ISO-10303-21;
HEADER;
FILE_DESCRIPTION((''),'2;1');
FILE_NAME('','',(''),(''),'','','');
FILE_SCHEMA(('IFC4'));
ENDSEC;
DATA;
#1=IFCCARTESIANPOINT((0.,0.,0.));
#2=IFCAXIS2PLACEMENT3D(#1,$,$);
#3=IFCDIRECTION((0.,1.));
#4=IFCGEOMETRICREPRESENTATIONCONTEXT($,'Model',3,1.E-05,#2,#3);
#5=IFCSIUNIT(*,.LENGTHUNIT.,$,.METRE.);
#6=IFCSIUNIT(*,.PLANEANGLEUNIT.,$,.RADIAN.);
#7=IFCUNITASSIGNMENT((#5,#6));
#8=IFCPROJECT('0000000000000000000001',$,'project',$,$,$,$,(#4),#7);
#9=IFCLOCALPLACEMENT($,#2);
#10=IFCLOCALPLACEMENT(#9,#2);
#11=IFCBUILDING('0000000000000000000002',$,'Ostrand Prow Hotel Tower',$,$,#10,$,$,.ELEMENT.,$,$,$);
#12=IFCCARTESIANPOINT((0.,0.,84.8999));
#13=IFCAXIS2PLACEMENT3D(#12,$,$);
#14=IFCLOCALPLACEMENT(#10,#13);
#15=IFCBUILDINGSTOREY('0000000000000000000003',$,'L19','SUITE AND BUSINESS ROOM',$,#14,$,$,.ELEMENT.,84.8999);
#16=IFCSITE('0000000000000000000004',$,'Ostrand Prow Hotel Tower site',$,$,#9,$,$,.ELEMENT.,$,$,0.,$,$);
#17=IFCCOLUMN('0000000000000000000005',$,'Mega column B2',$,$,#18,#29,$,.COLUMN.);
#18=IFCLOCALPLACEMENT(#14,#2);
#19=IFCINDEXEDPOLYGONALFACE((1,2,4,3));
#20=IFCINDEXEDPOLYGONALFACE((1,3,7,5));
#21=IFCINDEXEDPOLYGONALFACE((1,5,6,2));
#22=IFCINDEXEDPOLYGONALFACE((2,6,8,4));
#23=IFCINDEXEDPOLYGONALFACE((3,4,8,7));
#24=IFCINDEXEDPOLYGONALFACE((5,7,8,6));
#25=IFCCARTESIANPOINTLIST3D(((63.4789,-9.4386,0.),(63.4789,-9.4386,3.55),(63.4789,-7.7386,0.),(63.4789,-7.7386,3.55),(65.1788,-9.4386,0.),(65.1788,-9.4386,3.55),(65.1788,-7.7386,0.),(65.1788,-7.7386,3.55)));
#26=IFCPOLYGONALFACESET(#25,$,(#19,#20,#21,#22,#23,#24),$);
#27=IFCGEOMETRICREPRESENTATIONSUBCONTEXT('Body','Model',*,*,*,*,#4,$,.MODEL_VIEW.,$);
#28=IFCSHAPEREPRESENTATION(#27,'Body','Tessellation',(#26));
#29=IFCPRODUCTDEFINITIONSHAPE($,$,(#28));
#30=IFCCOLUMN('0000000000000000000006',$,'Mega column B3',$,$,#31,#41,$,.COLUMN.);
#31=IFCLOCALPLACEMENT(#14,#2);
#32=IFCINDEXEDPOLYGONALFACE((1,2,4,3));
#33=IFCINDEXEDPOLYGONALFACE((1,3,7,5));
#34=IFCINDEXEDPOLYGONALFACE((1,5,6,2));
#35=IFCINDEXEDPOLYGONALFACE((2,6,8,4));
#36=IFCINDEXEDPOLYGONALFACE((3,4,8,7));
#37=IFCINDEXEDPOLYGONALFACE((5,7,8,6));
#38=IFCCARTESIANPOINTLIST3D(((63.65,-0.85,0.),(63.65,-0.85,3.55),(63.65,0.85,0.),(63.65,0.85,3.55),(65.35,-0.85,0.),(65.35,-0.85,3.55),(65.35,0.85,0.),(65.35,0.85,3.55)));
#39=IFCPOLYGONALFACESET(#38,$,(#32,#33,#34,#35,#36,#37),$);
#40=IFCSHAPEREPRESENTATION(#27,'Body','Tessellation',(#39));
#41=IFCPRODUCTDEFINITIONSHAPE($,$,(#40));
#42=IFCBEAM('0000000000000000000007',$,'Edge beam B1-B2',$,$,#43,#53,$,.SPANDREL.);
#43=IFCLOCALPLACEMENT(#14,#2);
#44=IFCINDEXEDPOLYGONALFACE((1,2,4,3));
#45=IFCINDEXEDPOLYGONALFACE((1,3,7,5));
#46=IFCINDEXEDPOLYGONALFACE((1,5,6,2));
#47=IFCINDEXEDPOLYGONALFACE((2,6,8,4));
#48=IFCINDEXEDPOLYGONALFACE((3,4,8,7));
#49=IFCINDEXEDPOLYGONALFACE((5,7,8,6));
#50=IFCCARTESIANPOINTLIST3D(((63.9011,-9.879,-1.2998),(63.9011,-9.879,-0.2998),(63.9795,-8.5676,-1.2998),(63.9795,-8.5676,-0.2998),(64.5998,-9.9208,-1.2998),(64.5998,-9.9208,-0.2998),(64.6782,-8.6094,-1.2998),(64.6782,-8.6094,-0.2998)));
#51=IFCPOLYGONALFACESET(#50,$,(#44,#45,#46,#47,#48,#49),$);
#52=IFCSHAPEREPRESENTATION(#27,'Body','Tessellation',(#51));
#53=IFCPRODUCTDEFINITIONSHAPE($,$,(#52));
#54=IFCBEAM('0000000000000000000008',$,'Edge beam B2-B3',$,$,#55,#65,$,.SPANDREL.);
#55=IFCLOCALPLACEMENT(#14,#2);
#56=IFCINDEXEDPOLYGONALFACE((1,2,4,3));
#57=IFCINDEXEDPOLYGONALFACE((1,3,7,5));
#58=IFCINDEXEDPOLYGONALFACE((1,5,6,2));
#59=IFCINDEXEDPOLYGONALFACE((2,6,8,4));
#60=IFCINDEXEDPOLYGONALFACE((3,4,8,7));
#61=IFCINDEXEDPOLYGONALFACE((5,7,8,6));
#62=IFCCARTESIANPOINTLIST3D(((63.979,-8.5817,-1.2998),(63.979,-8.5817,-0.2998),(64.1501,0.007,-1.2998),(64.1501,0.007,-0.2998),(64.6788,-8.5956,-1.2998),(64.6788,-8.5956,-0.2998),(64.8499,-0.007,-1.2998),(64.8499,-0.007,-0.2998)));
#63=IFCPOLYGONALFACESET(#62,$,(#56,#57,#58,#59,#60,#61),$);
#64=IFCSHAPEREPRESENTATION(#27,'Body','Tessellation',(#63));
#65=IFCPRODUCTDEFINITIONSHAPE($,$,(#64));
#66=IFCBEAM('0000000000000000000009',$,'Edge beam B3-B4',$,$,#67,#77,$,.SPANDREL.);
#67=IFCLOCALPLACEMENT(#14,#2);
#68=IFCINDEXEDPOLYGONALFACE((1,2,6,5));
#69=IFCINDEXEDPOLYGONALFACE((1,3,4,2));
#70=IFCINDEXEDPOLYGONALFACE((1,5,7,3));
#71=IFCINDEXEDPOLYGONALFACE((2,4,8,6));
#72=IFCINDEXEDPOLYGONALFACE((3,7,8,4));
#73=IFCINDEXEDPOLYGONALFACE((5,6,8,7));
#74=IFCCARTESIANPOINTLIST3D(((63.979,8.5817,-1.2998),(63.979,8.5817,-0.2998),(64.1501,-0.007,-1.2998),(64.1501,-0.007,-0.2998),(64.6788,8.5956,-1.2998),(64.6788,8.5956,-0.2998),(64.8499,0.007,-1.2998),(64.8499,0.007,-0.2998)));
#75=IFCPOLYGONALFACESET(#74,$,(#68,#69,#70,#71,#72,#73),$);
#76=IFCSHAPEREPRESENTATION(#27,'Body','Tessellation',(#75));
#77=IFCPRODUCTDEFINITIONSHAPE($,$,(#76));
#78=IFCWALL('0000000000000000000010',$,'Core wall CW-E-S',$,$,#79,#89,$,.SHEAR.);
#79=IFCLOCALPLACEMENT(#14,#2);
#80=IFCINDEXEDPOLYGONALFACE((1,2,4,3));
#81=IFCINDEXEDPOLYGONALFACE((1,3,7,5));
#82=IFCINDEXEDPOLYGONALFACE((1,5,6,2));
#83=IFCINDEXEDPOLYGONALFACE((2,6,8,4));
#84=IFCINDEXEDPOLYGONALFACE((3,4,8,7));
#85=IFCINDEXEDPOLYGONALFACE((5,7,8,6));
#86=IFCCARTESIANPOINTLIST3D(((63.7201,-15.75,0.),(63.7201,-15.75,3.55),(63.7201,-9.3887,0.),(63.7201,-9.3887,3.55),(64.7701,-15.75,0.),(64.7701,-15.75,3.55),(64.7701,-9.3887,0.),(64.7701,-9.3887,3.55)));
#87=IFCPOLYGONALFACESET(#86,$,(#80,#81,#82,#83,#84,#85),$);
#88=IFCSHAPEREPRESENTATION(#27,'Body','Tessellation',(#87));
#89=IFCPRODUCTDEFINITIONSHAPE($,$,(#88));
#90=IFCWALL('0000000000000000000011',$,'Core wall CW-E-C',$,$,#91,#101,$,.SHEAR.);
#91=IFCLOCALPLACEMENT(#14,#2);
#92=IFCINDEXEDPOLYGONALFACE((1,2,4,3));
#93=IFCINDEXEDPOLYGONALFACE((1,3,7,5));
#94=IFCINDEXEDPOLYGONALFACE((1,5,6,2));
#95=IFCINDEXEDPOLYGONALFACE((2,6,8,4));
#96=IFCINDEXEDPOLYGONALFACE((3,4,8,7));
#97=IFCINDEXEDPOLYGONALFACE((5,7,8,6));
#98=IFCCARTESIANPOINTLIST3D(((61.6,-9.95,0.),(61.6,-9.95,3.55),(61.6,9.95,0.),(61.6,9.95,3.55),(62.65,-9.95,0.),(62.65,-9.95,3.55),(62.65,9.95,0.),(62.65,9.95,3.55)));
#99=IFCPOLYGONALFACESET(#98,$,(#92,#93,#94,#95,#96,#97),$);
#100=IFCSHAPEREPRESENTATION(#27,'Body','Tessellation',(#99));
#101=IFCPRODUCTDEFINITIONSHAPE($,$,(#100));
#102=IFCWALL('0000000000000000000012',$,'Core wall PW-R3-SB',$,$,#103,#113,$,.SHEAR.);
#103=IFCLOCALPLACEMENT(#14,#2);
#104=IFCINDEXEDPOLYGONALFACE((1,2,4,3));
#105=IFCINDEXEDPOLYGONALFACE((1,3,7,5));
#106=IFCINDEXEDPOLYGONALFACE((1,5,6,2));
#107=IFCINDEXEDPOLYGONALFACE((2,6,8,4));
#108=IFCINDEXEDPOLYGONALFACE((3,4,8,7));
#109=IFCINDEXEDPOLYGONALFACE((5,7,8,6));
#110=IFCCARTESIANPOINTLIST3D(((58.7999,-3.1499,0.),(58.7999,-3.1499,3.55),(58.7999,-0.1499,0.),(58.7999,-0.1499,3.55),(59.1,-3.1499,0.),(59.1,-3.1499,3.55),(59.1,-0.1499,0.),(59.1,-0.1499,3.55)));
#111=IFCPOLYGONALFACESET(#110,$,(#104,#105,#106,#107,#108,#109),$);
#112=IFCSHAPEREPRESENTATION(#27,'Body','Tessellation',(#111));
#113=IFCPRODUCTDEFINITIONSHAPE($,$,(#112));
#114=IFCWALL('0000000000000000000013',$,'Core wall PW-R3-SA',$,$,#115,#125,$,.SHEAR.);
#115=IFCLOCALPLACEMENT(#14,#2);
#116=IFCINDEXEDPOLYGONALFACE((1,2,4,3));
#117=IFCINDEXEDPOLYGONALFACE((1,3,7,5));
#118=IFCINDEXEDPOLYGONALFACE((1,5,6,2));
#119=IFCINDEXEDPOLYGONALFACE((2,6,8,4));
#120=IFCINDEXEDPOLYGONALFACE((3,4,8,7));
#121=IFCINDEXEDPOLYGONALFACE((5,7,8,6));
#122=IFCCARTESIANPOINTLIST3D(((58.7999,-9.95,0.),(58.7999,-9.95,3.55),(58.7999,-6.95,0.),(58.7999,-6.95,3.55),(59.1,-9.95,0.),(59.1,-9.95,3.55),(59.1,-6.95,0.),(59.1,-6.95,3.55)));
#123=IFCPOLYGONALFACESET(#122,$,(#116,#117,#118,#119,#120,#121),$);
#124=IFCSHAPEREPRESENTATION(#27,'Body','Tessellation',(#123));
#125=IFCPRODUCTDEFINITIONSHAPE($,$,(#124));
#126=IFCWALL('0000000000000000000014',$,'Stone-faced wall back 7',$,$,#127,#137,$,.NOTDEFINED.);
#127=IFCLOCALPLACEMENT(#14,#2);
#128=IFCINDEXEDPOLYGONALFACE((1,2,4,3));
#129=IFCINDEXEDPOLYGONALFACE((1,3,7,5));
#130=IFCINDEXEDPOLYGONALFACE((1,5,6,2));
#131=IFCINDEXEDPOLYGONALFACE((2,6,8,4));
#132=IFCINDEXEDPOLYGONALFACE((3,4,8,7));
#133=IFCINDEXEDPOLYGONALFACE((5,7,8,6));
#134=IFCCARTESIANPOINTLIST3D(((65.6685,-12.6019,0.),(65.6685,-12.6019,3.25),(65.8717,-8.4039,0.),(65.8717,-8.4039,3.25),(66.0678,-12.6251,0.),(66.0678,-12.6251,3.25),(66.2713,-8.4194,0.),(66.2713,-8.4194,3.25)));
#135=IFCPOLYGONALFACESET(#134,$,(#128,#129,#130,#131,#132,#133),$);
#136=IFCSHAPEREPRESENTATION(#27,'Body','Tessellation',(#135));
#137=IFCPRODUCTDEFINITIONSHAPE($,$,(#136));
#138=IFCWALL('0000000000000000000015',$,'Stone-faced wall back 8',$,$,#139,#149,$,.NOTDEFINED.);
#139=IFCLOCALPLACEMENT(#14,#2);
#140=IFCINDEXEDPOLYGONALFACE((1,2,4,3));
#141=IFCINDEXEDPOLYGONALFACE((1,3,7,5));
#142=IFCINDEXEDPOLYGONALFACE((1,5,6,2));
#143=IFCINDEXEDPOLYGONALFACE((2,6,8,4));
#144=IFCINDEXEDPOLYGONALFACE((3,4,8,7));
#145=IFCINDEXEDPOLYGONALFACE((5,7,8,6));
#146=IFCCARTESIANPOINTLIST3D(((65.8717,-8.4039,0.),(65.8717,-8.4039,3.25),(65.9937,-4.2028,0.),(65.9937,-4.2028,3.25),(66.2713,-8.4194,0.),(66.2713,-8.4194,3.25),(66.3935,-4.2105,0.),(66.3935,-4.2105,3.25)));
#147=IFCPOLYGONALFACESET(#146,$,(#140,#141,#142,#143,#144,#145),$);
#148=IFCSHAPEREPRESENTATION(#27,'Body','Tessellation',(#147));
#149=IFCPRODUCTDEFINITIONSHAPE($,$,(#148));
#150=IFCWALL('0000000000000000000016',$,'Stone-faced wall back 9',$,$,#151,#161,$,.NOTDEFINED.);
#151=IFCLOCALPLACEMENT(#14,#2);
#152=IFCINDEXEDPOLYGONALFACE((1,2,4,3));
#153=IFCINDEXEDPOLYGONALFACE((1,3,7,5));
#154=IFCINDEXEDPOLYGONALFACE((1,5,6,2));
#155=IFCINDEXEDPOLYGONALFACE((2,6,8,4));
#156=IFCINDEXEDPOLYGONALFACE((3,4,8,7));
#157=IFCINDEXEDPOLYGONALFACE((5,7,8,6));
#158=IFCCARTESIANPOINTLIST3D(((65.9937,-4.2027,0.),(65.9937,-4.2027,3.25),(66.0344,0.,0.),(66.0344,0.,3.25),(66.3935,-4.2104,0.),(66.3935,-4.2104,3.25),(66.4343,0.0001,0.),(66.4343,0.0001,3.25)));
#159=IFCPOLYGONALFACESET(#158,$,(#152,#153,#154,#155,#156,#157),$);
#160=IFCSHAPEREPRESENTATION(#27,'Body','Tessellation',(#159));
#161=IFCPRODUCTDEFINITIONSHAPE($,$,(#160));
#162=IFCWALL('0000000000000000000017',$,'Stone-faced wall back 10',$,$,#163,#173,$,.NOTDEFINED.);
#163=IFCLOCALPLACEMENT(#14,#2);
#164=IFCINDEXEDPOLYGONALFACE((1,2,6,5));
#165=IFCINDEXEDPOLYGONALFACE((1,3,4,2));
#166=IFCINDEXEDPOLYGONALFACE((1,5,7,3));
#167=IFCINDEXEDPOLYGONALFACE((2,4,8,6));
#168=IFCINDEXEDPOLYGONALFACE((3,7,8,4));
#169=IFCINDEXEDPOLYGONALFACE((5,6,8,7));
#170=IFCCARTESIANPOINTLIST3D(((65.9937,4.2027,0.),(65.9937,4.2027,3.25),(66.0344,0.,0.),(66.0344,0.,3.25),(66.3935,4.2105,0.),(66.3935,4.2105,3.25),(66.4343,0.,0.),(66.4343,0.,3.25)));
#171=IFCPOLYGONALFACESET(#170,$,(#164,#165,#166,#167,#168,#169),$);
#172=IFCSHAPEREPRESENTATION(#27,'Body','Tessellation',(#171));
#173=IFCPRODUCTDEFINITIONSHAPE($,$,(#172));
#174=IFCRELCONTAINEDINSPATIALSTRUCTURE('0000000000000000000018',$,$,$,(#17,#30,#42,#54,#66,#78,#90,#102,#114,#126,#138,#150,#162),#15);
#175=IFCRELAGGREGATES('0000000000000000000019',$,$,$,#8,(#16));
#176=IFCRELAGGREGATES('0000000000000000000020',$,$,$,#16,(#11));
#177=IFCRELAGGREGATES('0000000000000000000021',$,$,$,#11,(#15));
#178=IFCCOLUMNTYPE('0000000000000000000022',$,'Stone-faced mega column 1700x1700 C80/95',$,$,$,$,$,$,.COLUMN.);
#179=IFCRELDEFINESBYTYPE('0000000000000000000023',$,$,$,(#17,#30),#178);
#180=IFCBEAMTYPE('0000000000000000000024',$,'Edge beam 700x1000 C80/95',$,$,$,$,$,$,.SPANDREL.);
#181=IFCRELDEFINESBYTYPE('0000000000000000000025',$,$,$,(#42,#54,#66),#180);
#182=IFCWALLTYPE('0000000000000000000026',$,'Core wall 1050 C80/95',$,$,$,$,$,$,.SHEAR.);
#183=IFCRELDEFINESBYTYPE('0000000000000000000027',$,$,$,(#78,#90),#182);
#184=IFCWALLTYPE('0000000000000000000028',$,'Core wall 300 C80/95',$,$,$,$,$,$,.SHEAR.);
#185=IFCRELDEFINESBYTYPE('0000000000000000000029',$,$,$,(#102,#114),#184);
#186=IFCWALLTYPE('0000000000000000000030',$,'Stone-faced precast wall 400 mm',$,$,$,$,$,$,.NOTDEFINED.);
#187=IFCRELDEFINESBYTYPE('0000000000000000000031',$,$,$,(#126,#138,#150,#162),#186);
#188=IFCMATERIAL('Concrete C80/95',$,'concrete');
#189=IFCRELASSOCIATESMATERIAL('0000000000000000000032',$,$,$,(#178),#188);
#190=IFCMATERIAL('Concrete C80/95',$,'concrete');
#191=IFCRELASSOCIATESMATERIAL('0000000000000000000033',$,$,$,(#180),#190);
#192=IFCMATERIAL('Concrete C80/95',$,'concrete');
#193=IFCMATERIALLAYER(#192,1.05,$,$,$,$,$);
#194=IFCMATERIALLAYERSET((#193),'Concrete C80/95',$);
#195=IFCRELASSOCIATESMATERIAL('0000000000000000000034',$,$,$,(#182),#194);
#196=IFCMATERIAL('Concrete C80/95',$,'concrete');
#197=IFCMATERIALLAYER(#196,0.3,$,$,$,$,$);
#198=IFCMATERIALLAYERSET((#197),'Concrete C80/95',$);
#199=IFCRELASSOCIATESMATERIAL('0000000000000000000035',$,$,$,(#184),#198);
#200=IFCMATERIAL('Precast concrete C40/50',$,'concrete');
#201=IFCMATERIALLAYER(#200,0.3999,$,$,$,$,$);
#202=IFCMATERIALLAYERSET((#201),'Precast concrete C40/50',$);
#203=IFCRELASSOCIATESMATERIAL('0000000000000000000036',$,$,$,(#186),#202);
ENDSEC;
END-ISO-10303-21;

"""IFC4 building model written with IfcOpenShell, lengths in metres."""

from ifc_helpers import new_model, si_unit, direction, frame, frame_2d, origin, origin_2d, place, context, subcontext, project, spatial, polyline, rectangle, outline, extrude, material, layer, layer_set, material_profile, profile_set, type_object, element, save


model = new_model("IFC4")

# Units and contexts
model_context = context("Model", 3, precision=1e-05, world=origin(), true_north=direction((0.0, 1.0)))
body_context = subcontext(model_context, "Body", "Model", "MODEL_VIEW")
ifc_project = project(units=[si_unit("LENGTHUNIT", "METRE"), si_unit("PLANEANGLEUNIT", "RADIAN")], contexts=[model_context])

# Site, building, storey
site_placement = place(None, origin())
site = spatial("IfcSite", under=ifc_project, at=site_placement, Name="Ostrand Prow Hotel Tower site", CompositionType="ELEMENT", RefElevation=0.0)
building_placement = place(site_placement, origin())
building = spatial("IfcBuilding", under=site, at=building_placement, Name="Ostrand Prow Hotel Tower", CompositionType="ELEMENT")
storey_placement = place(building_placement, frame((0.0, 0.0, 84.8999)))
storey = spatial("IfcBuildingStorey", under=building, at=storey_placement, Name="L19", Description="SUITE AND BUSINESS ROOM", CompositionType="ELEMENT", Elevation=84.8999)

# Columns
ifc_material_1 = material(Name="Concrete C80/95", Category="concrete")
ifc_material_profile_1 = material_profile(ifc_material_1, rectangle(XDim=1.7, YDim=1.7, at=origin_2d()), Name="RC 1700x1700")
ifc_profile_set_1 = profile_set([ifc_material_profile_1], Name="Concrete C80/95")
column_type = type_object("IfcColumnType", Name="Stone-faced mega column 1700x1700 C80/95", PredefinedType="COLUMN", material=ifc_profile_set_1)
for number, where, z_axis, x_axis, name in (
    (1, (64.3289, -8.5886, 0.0), (0.0, 0.0, 1.0), (1.0, 0.0, 0.0), "Mega column B2"),
    (2, (64.5, 0.0, 0.0), (0.0, 0.0, 1.0), (1.0, 0.0, 0.0), "Mega column B3"),
):
    element("IfcColumn", number, at=place(storey_placement, frame(where, z_axis=z_axis, x_axis=x_axis)), inside=storey, type_object=column_type, Name=name, PredefinedType="COLUMN", context=body_context, shape_type="SweptSolid", body=[
        extrude(rectangle(XDim=1.7, YDim=1.7, at=origin_2d()), origin(), (0.0, 0.0, 1.0), 3.55),
    ])

# Beams
ifc_material_2 = material(Name="Concrete C80/95", Category="concrete")
ifc_material_profile_2 = material_profile(ifc_material_2, rectangle(XDim=0.7, YDim=1.0, at=origin_2d()), Name="RC 700x1000")
ifc_profile_set_2 = profile_set([ifc_material_profile_2], Name="Concrete C80/95")
beam_type = type_object("IfcBeamType", Name="Edge beam 700x1000 C80/95", PredefinedType="SPANDREL", material=ifc_profile_set_2)
beam_placement = place(storey_placement, frame((64.2505, -9.8999, -0.7998), z_axis=(0.059659, 0.998219, 0.0), x_axis=(-0.998219, 0.059659, 0.0)))
element("IfcBeam", 3, at=beam_placement, inside=storey, type_object=beam_type, Name="Edge beam B1-B2", PredefinedType="SPANDREL", context=body_context, shape_type="SweptSolid", body=[
    extrude(rectangle(XDim=0.7, YDim=1.0, at=origin_2d()), origin(), (0.0, 0.0, 1.0), 1.3137),
])
for number, where, z_axis, x_axis, name in (
    (4, (64.3289, -8.5886, -0.7998), (0.019923, 0.999802, 0.0), (-0.999802, 0.019923, 0.0), "Edge beam B2-B3"),
    (5, (64.5, 0.0, -0.7998), (-0.019923, 0.999802, 0.0), (-0.999802, -0.019923, 0.0), "Edge beam B3-B4"),
):
    element("IfcBeam", number, at=place(storey_placement, frame(where, z_axis=z_axis, x_axis=x_axis)), inside=storey, type_object=beam_type, Name=name, PredefinedType="SPANDREL", context=body_context, shape_type="SweptSolid", body=[
        extrude(rectangle(XDim=0.7, YDim=1.0, at=origin_2d()), origin(), (0.0, 0.0, 1.0), 8.5903),
    ])

# Walls
ifc_material_3 = material(Name="Concrete C80/95", Category="concrete")
ifc_layer_1 = layer(ifc_material_3, 1.05)
ifc_layer_set_1 = layer_set([ifc_layer_1], Name="Concrete C80/95")
wall_type_1 = type_object("IfcWallType", Name="Core wall 1050 C80/95", PredefinedType="SHEAR", material=ifc_layer_set_1)
wall_1_placement = place(storey_placement, frame((64.2451, -15.75, 0.0), z_axis=(0.0, 0.0, 1.0), x_axis=(0.0, 1.0, 0.0)))
element("IfcWall", 6, at=wall_1_placement, inside=storey, type_object=wall_type_1, Name="Core wall CW-E-S", PredefinedType="SHEAR", context=body_context, shape_type="SweptSolid", body=[
    extrude(rectangle(XDim=6.3613, YDim=1.05, at=frame_2d((3.1807, 0.0))), origin(), (0.0, 0.0, 1.0), 3.55),
])
wall_2_placement = place(storey_placement, frame((62.125, -9.95, 0.0), z_axis=(0.0, 0.0, 1.0), x_axis=(0.0, 1.0, 0.0)))
element("IfcWall", 7, at=wall_2_placement, inside=storey, type_object=wall_type_1, Name="Core wall CW-E-C", PredefinedType="SHEAR", context=body_context, shape_type="SweptSolid", body=[
    extrude(rectangle(XDim=19.8999, YDim=1.05, at=frame_2d((9.95, 0.0))), origin(), (0.0, 0.0, 1.0), 3.55),
])
ifc_material_4 = material(Name="Concrete C80/95", Category="concrete")
ifc_layer_2 = layer(ifc_material_4, 0.3)
ifc_layer_set_2 = layer_set([ifc_layer_2], Name="Concrete C80/95")
wall_type_2 = type_object("IfcWallType", Name="Core wall 300 C80/95", PredefinedType="SHEAR", material=ifc_layer_set_2)
for number, where, z_axis, x_axis, name in (
    (8, (58.95, -3.1499, 0.0), (0.0, 0.0, 1.0), (0.0, 1.0, 0.0), "Core wall PW-R3-SB"),
    (9, (58.95, -9.95, 0.0), (0.0, 0.0, 1.0), (0.0, 1.0, 0.0), "Core wall PW-R3-SA"),
):
    element("IfcWall", number, at=place(storey_placement, frame(where, z_axis=z_axis, x_axis=x_axis)), inside=storey, type_object=wall_type_2, Name=name, PredefinedType="SHEAR", context=body_context, shape_type="SweptSolid", body=[
        extrude(rectangle(XDim=3.0, YDim=0.3, at=frame_2d((1.5, 0.0))), origin(), (0.0, 0.0, 1.0), 3.55),
    ])
ifc_material_5 = material(Name="Precast concrete C40/50", Category="concrete")
ifc_layer_3 = layer(ifc_material_5, 0.3999)
ifc_layer_set_3 = layer_set([ifc_layer_3], Name="Precast concrete C40/50")
wall_type_3 = type_object("IfcWallType", Name="Stone-faced precast wall 400 mm", PredefinedType="NOTDEFINED", material=ifc_layer_set_3)
for number, where, z_axis, x_axis, name in (
    (10, (65.8682, -12.6135, 0.0), (0.0, 0.0, 1.0), (0.048343, 0.998831, 0.0), "Stone-faced wall back 7"),
    (11, (66.0715, -8.4116, 0.0), (0.0, 0.0, 1.0), (0.029017, 0.999579, 0.0), "Stone-faced wall back 8"),
    (12, (66.1936, -4.2065, 0.0), (0.0, 0.0, 1.0), (0.009692, 0.999953, 0.0), "Stone-faced wall back 9"),
    (13, (66.2344, 0.0, 0.0), (0.0, 0.0, 1.0), (-0.009692, 0.999953, 0.0), "Stone-faced wall back 10"),
):
    element("IfcWall", number, at=place(storey_placement, frame(where, z_axis=z_axis, x_axis=x_axis)), inside=storey, type_object=wall_type_3, Name=name, PredefinedType="NOTDEFINED", context=body_context, shape_type="SweptSolid", body=[
        extrude(outline(polyline([(-0.002, -0.2), (4.2087, -0.2), (4.2048, 0.2), (0.002, 0.2), (-0.002, -0.2)])), origin(), (0.0, 0.0, 1.0), 3.25),
    ])

save(model, "model.ifc")
